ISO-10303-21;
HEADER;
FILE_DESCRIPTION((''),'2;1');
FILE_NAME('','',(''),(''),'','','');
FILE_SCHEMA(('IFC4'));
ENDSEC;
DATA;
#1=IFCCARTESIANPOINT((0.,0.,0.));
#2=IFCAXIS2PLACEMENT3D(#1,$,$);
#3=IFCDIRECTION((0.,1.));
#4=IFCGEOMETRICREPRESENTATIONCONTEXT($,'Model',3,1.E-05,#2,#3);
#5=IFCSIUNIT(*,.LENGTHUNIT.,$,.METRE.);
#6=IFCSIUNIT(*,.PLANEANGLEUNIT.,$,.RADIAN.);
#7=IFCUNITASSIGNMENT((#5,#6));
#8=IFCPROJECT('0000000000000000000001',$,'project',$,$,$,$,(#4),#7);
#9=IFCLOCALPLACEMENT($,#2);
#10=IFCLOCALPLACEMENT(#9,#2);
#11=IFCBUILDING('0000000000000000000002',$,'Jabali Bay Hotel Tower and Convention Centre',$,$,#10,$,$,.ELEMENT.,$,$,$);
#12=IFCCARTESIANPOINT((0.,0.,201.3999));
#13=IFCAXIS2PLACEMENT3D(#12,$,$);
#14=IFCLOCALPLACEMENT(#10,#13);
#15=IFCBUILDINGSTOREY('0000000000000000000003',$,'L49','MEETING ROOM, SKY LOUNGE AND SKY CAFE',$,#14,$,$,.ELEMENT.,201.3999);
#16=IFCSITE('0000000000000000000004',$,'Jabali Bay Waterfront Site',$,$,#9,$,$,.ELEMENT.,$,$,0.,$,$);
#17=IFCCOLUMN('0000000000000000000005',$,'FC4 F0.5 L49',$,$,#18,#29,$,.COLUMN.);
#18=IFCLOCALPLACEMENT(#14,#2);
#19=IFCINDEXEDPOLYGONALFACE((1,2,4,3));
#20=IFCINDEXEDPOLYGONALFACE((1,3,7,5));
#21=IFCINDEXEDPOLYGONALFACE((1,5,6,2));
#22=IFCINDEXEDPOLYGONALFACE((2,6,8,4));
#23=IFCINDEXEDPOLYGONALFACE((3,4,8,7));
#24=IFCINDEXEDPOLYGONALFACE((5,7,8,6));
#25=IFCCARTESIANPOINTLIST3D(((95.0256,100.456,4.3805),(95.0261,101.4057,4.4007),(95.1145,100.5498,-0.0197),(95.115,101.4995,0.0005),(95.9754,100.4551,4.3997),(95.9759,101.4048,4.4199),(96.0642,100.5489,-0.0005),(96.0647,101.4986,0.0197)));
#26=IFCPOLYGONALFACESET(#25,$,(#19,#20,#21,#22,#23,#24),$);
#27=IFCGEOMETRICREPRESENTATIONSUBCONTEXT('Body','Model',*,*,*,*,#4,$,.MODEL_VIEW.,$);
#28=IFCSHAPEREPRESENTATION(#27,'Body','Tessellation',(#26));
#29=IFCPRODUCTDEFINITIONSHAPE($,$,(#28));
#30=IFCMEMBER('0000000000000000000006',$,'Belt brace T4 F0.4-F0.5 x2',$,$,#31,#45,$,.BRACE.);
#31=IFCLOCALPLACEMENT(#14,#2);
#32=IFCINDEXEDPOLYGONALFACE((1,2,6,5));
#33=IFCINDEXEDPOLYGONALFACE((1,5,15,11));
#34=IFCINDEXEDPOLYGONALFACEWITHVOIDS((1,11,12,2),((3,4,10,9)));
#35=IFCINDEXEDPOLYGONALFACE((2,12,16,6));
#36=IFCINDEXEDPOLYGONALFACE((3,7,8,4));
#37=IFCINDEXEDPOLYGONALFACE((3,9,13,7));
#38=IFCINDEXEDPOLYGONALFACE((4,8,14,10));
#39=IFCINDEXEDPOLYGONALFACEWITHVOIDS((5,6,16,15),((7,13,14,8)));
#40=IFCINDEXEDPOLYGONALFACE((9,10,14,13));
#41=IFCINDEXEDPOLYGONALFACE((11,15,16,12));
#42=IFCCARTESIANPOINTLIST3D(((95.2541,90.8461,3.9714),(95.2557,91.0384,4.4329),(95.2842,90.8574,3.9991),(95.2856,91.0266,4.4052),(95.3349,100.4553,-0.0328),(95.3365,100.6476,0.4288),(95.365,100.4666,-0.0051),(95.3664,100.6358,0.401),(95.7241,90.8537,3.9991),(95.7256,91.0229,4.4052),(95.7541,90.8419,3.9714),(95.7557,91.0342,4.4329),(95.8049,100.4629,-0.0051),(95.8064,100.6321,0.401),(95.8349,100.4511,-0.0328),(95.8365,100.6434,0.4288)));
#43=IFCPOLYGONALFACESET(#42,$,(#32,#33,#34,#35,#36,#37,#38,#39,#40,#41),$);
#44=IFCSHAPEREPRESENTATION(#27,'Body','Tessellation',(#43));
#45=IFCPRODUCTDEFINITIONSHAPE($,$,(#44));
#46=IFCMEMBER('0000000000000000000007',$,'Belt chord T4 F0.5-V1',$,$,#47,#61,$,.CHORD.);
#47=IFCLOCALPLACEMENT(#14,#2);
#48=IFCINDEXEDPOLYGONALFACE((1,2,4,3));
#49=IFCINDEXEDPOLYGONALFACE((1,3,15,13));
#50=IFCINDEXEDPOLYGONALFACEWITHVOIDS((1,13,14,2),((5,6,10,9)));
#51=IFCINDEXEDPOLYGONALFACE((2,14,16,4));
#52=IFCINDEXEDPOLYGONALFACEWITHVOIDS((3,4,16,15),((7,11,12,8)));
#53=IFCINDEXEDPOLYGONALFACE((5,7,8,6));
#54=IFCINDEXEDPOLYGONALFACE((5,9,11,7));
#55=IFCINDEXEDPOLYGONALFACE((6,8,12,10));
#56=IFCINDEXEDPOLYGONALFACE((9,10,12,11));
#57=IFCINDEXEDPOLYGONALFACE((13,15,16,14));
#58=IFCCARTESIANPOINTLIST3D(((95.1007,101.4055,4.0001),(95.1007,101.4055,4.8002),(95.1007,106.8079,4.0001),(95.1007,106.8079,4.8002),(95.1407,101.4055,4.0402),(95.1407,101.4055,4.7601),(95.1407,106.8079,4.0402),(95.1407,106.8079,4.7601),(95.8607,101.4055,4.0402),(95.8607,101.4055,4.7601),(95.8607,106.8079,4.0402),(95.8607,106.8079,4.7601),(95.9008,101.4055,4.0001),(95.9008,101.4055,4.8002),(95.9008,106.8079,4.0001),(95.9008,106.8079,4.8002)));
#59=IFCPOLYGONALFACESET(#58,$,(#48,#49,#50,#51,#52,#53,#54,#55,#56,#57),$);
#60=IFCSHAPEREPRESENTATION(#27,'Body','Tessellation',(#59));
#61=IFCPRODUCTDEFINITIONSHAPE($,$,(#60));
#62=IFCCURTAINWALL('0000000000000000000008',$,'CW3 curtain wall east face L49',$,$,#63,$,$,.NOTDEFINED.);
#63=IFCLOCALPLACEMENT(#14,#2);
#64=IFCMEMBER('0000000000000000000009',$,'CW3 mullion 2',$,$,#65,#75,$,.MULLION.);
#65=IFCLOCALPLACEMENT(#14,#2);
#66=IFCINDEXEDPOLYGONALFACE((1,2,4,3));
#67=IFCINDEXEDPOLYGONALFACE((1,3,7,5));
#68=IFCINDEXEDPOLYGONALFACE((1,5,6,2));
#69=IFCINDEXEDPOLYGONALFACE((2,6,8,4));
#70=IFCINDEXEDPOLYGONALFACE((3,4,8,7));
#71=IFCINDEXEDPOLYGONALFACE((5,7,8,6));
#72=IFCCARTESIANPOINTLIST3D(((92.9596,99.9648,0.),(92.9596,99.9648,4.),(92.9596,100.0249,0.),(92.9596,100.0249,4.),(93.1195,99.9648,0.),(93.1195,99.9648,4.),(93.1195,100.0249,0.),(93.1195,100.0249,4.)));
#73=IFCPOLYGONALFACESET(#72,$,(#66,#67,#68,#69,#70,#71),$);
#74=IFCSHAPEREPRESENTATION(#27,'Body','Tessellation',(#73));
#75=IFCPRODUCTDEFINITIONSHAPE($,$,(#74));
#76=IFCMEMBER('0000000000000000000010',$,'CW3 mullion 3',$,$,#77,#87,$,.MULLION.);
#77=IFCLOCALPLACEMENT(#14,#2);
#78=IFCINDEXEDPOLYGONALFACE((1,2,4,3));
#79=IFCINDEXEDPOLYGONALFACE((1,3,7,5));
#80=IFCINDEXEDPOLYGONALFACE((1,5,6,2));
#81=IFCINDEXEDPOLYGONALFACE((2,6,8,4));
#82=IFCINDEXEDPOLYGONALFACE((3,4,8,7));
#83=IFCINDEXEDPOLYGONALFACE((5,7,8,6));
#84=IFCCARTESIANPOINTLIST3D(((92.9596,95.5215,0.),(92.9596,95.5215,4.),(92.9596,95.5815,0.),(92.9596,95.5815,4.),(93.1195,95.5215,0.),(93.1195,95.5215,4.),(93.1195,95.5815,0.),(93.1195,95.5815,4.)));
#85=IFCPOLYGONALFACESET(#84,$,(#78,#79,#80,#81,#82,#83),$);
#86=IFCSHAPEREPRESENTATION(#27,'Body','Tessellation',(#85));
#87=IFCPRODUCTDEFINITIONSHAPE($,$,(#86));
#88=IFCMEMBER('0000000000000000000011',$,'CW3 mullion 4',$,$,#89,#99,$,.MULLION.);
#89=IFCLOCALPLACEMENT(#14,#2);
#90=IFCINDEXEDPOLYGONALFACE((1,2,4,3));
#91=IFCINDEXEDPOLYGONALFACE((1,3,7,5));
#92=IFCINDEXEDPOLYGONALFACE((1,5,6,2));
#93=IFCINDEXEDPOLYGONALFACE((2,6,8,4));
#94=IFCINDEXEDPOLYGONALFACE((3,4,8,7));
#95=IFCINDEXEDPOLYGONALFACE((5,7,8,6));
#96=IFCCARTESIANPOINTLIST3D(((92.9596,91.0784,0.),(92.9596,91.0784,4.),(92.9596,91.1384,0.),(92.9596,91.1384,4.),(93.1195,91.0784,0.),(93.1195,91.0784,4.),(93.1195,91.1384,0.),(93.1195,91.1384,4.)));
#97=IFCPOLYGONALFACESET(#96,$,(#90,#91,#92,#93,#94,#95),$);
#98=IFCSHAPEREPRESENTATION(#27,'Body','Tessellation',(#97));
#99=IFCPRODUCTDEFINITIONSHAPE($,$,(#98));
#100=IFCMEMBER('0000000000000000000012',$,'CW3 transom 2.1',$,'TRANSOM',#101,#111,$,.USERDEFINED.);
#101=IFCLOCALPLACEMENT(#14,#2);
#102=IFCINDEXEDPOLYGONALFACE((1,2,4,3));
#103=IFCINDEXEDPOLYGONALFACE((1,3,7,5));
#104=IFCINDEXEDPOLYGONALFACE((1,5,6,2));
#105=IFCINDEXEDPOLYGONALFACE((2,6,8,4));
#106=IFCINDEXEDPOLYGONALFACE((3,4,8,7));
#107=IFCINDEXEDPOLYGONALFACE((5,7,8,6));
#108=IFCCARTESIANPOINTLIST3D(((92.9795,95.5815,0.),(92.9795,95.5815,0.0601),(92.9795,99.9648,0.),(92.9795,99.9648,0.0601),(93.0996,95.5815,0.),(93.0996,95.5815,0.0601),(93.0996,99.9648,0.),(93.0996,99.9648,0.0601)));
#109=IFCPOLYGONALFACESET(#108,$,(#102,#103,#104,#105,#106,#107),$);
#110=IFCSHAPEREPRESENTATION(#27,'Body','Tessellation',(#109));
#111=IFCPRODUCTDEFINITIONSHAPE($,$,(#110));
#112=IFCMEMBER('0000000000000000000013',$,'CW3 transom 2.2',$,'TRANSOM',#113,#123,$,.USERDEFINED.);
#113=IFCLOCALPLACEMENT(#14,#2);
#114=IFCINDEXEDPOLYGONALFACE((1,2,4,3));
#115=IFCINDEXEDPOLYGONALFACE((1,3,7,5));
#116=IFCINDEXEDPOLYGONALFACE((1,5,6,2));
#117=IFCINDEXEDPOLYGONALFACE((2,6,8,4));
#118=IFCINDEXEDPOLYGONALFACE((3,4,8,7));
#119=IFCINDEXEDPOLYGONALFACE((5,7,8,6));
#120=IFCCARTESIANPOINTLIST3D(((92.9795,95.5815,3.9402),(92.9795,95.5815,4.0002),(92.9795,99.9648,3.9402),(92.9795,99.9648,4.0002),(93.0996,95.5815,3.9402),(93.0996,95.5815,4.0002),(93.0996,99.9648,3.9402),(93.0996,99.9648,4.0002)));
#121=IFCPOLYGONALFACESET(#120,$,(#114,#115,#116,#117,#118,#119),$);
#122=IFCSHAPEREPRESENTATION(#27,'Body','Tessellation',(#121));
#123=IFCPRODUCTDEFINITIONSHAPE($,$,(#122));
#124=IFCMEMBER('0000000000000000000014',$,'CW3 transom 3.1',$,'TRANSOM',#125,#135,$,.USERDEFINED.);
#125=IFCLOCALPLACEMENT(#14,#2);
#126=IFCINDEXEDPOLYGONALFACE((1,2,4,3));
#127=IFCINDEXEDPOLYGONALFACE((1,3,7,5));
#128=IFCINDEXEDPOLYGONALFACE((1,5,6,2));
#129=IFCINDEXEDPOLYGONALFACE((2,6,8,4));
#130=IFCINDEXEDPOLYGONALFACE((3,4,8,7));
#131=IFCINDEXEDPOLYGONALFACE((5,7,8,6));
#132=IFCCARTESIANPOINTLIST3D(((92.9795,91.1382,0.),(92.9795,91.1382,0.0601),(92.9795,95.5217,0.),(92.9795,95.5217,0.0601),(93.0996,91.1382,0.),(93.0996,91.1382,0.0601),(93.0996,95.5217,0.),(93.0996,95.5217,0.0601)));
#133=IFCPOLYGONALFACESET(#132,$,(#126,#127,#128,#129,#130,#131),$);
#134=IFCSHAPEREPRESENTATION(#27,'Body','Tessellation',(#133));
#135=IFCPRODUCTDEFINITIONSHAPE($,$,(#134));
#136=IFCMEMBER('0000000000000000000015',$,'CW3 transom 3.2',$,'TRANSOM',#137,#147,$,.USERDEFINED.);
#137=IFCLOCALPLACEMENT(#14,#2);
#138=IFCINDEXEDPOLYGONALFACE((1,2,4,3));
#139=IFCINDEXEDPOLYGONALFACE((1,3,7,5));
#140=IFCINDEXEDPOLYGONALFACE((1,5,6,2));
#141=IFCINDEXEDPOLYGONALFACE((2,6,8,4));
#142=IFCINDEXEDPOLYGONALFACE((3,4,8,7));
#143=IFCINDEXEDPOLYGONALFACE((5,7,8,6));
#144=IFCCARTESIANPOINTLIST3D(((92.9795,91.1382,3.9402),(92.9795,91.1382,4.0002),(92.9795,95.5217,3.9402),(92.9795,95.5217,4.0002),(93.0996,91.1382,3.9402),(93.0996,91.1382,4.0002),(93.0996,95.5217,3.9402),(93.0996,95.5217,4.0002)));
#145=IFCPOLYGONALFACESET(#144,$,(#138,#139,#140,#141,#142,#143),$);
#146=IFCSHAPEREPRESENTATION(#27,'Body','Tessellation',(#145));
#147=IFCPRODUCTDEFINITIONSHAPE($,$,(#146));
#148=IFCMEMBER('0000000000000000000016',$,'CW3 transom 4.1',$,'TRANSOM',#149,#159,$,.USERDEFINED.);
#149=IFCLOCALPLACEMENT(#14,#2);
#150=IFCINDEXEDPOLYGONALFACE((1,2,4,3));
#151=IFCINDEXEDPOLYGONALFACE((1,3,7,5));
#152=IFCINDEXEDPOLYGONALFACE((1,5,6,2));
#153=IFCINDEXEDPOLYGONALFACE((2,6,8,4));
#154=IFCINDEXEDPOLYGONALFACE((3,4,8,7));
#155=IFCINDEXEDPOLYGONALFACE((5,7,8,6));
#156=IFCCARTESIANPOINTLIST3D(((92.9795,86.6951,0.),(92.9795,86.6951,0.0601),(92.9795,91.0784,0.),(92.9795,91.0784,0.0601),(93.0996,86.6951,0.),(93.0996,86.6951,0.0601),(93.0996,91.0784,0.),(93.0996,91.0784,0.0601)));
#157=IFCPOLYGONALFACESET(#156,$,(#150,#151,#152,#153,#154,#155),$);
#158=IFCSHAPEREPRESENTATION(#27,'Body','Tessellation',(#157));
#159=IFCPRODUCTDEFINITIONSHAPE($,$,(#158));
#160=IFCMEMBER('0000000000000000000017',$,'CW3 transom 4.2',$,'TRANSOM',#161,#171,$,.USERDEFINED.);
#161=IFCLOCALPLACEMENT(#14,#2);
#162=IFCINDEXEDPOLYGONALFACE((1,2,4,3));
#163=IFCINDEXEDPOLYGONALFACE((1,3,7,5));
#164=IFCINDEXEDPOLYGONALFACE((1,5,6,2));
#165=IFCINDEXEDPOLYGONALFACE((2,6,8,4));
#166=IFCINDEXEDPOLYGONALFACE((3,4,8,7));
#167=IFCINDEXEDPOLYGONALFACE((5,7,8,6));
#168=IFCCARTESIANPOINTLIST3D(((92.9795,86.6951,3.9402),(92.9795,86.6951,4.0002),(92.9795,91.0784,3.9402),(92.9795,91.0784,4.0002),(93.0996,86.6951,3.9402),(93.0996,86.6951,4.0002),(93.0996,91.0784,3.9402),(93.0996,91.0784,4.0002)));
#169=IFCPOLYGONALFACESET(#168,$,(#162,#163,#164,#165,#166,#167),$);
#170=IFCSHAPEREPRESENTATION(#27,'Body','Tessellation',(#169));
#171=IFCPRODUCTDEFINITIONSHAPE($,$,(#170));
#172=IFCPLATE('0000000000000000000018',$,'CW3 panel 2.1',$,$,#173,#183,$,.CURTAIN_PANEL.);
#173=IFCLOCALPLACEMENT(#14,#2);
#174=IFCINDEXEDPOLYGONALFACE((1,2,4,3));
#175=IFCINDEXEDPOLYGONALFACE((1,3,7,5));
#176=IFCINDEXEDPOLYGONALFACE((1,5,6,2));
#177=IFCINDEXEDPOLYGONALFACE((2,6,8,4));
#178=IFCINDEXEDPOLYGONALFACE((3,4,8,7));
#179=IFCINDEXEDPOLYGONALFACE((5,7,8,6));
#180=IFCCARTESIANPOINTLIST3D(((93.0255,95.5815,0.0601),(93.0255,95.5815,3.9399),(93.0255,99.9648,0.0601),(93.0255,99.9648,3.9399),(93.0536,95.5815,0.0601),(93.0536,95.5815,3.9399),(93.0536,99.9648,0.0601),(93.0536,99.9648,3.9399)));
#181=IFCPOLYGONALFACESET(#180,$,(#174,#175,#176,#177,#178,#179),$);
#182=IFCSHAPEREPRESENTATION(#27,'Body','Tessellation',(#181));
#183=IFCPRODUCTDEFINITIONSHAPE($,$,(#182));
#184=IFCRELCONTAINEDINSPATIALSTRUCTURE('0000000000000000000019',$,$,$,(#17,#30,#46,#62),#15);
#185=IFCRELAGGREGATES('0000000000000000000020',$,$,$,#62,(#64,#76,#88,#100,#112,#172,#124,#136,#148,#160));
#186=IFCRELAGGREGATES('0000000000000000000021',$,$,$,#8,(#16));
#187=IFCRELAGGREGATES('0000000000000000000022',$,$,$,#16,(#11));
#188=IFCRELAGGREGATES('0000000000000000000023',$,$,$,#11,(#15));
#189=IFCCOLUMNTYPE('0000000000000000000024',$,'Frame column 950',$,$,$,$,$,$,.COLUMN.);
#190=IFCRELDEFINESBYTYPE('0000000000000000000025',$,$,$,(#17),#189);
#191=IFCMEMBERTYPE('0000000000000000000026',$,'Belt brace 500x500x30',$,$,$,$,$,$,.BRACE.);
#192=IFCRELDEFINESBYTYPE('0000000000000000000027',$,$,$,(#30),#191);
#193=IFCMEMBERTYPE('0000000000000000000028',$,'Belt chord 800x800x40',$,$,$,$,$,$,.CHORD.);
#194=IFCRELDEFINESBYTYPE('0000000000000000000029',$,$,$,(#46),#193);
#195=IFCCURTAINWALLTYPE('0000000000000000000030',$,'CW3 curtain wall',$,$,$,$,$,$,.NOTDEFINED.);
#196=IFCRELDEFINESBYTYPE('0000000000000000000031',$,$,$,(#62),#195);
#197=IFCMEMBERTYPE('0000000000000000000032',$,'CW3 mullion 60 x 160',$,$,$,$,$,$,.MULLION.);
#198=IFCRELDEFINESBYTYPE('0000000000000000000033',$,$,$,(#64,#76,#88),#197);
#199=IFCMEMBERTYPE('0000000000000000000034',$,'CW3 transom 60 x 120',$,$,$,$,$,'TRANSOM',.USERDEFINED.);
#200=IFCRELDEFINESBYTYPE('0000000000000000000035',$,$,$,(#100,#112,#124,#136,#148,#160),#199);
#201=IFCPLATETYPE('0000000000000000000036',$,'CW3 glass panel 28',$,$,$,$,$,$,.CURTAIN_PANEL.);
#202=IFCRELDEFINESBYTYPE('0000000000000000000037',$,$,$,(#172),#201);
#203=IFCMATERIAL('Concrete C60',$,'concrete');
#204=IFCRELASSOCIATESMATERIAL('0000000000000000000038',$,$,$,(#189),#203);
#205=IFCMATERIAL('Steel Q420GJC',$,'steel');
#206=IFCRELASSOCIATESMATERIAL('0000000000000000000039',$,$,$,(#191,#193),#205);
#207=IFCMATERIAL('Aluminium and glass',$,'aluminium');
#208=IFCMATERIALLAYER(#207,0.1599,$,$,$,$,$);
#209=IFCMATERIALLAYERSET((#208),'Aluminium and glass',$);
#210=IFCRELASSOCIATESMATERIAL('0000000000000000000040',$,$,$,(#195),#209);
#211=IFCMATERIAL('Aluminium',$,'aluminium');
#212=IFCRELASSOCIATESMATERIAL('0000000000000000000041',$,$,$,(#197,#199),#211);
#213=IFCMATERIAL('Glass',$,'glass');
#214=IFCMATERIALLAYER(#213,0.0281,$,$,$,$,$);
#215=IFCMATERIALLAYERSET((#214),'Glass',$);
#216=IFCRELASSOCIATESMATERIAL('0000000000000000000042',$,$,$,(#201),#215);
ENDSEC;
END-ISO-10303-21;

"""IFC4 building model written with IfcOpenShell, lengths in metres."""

from ifc_helpers import new_model, si_unit, direction, frame, origin, origin_2d, place, context, subcontext, project, spatial, rectangle, hollow_rectangle, extrude, material, layer, layer_set, material_profile, profile_set, type_object, element, aggregate, save


model = new_model("IFC4")

# Units and contexts
model_context = context("Model", 3, precision=1e-05, world=origin(), true_north=direction((0.0, 1.0)))
body_context = subcontext(model_context, "Body", "Model", "MODEL_VIEW")
ifc_project = project(units=[si_unit("LENGTHUNIT", "METRE"), si_unit("PLANEANGLEUNIT", "RADIAN")], contexts=[model_context])

# Site, building, storey
site_placement = place(None, origin())
site = spatial("IfcSite", under=ifc_project, at=site_placement, Name="Jabali Bay Waterfront Site", CompositionType="ELEMENT", RefElevation=0.0)
building_placement = place(site_placement, origin())
building = spatial("IfcBuilding", under=site, at=building_placement, Name="Jabali Bay Hotel Tower and Convention Centre", CompositionType="ELEMENT")
storey_placement = place(building_placement, frame((0.0, 0.0, 201.3999)))
storey = spatial("IfcBuildingStorey", under=building, at=storey_placement, Name="L49", Description="MEETING ROOM, SKY LOUNGE AND SKY CAFE", CompositionType="ELEMENT", Elevation=201.3999)

# Column
ifc_material_1 = material(Name="Concrete C60", Category="concrete")
ifc_material_profile_1 = material_profile(ifc_material_1, rectangle(XDim=0.95, YDim=0.95, at=origin_2d()), Name="Frame column 950")
ifc_profile_set_1 = profile_set([ifc_material_profile_1], Name="Concrete C60")
column_type = type_object("IfcColumnType", Name="Frame column 950", PredefinedType="COLUMN", material=ifc_profile_set_1)
column_placement = place(storey_placement, frame((95.5896, 101.0242, 0.0), z_axis=(-0.020188, -0.021297, 0.999569), x_axis=(0.999796, -0.000945, 0.020172)))
element("IfcColumn", 1, at=column_placement, inside=storey, type_object=column_type, Name="FC4 F0.5 L49", PredefinedType="COLUMN", context=body_context, shape_type="SweptSolid", body=[
    extrude(rectangle(XDim=0.95, YDim=0.95, at=origin_2d()), origin(), (0.0, 0.0, 1.0), 4.4021),
])

# Members
ifc_material_2 = material(Name="Steel Q420GJC", Category="steel")
ifc_material_profile_2 = material_profile(ifc_material_2, hollow_rectangle(XDim=0.5, YDim=0.5, WallThickness=0.03, at=origin_2d()), Name="Belt brace 500x500x30")
ifc_profile_set_2 = profile_set([ifc_material_profile_2], Name="Steel Q420GJC")
member_type_1 = type_object("IfcMemberType", Name="Belt brace 500x500x30", PredefinedType="BRACE", material=ifc_profile_set_2)
member_1_placement = place(storey_placement, frame((95.5857, 100.5493, 0.198), z_axis=(-0.007763, -0.923037, 0.384632), x_axis=(0.999965, -0.008409, 0.0)))
element("IfcMember", 2, at=member_1_placement, inside=storey, type_object=member_type_1, Name="Belt brace T4 F0.4-F0.5 x2", PredefinedType="BRACE", context=body_context, shape_type="SweptSolid", body=[
    extrude(hollow_rectangle(XDim=0.5, YDim=0.5, WallThickness=0.03, at=origin_2d()), origin(), (0.0, 0.0, 1.0), 10.4104),
])
ifc_material_profile_3 = material_profile(ifc_material_2, hollow_rectangle(XDim=0.8, YDim=0.8, WallThickness=0.04, at=origin_2d()), Name="Belt chord 800x800x40")
ifc_profile_set_3 = profile_set([ifc_material_profile_3], Name="Steel Q420GJC")
member_type_2 = type_object("IfcMemberType", Name="Belt chord 800x800x40", PredefinedType="CHORD", material=ifc_profile_set_3)
member_2_placement = place(storey_placement, frame((95.5007, 101.4055, 4.4001), z_axis=(0.0, 1.0, 0.0), x_axis=(-1.0, 0.0, 0.0)))
element("IfcMember", 3, at=member_2_placement, inside=storey, type_object=member_type_2, Name="Belt chord T4 F0.5-V1", PredefinedType="CHORD", context=body_context, shape_type="SweptSolid", body=[
    extrude(hollow_rectangle(XDim=0.8, YDim=0.8, WallThickness=0.04, at=origin_2d()), origin(), (0.0, 0.0, 1.0), 5.4023),
])

# Curtain wall, members, plate
ifc_material_3 = material(Name="Aluminium and glass", Category="aluminium")
ifc_layer_1 = layer(ifc_material_3, 0.1599)
ifc_layer_set_1 = layer_set([ifc_layer_1], Name="Aluminium and glass")
curtain_wall_type = type_object("IfcCurtainWallType", Name="CW3 curtain wall", PredefinedType="NOTDEFINED", material=ifc_layer_set_1)
curtain_wall_placement = place(storey_placement, origin())
curtain_wall = element("IfcCurtainWall", 4, at=curtain_wall_placement, inside=storey, type_object=curtain_wall_type, Name="CW3 curtain wall east face L49", PredefinedType="NOTDEFINED")
ifc_material_4 = material(Name="Aluminium", Category="aluminium")
ifc_material_profile_4 = material_profile(ifc_material_4, rectangle(XDim=0.1599, YDim=0.0601, at=origin_2d()), Name="CW3 mullion 60 x 160")
ifc_profile_set_4 = profile_set([ifc_material_profile_4], Name="Aluminium")
member_type_3 = type_object("IfcMemberType", Name="CW3 mullion 60 x 160", PredefinedType="MULLION", material=ifc_profile_set_4)
member_3_placement = place(storey_placement, frame((93.0396, 99.9949, 0.0), z_axis=(0.0, 0.0, 1.0), x_axis=(1.0, 0.0, 0.0)))
member_3 = element("IfcMember", 5, at=member_3_placement, type_object=member_type_3, Name="CW3 mullion 2", PredefinedType="MULLION", context=body_context, shape_type="SweptSolid", body=[
    extrude(rectangle(XDim=0.1599, YDim=0.0601, at=origin_2d()), origin(), (0.0, 0.0, 1.0), 4.0),
])
member_4_placement = place(storey_placement, frame((93.0396, 95.5515, 0.0), z_axis=(0.0, 0.0, 1.0), x_axis=(1.0, 0.0, 0.0)))
member_4 = element("IfcMember", 6, at=member_4_placement, type_object=member_type_3, Name="CW3 mullion 3", PredefinedType="MULLION", context=body_context, shape_type="SweptSolid", body=[
    extrude(rectangle(XDim=0.1599, YDim=0.0601, at=origin_2d()), origin(), (0.0, 0.0, 1.0), 4.0),
])
member_5_placement = place(storey_placement, frame((93.0396, 91.1084, 0.0), z_axis=(0.0, 0.0, 1.0), x_axis=(1.0, 0.0, 0.0)))
member_5 = element("IfcMember", 7, at=member_5_placement, type_object=member_type_3, Name="CW3 mullion 4", PredefinedType="MULLION", context=body_context, shape_type="SweptSolid", body=[
    extrude(rectangle(XDim=0.1599, YDim=0.0601, at=origin_2d()), origin(), (0.0, 0.0, 1.0), 4.0),
])
ifc_material_profile_5 = material_profile(ifc_material_4, rectangle(XDim=0.1201, YDim=0.0601, at=origin_2d()), Name="CW3 transom 60 x 120")
ifc_profile_set_5 = profile_set([ifc_material_profile_5], Name="Aluminium")
member_type_4 = type_object("IfcMemberType", Name="CW3 transom 60 x 120", ElementType="TRANSOM", PredefinedType="USERDEFINED", material=ifc_profile_set_5)
member_6_placement = place(storey_placement, frame((93.0396, 99.9648, 0.03), z_axis=(0.0, -1.0, 0.0), x_axis=(1.0, 0.0, 0.0)))
member_6 = element("IfcMember", 8, at=member_6_placement, type_object=member_type_4, Name="CW3 transom 2.1", ObjectType="TRANSOM", PredefinedType="USERDEFINED", context=body_context, shape_type="SweptSolid", body=[
    extrude(rectangle(XDim=0.1201, YDim=0.0601, at=origin_2d()), origin(), (0.0, 0.0, 1.0), 4.3833),
])
member_7_placement = place(storey_placement, frame((93.0396, 99.9648, 3.9702), z_axis=(0.0, -1.0, 0.0), x_axis=(1.0, 0.0, 0.0)))
member_7 = element("IfcMember", 9, at=member_7_placement, type_object=member_type_4, Name="CW3 transom 2.2", ObjectType="TRANSOM", PredefinedType="USERDEFINED", context=body_context, shape_type="SweptSolid", body=[
    extrude(rectangle(XDim=0.1201, YDim=0.0601, at=origin_2d()), origin(), (0.0, 0.0, 1.0), 4.3833),
])
member_8_placement = place(storey_placement, frame((93.0396, 95.5217, 0.03), z_axis=(0.0, -1.0, 0.0), x_axis=(1.0, 0.0, 0.0)))
member_8 = element("IfcMember", 10, at=member_8_placement, type_object=member_type_4, Name="CW3 transom 3.1", ObjectType="TRANSOM", PredefinedType="USERDEFINED", context=body_context, shape_type="SweptSolid", body=[
    extrude(rectangle(XDim=0.1201, YDim=0.0601, at=origin_2d()), origin(), (0.0, 0.0, 1.0), 4.3835),
])
member_9_placement = place(storey_placement, frame((93.0396, 95.5217, 3.9702), z_axis=(0.0, -1.0, 0.0), x_axis=(1.0, 0.0, 0.0)))
member_9 = element("IfcMember", 11, at=member_9_placement, type_object=member_type_4, Name="CW3 transom 3.2", ObjectType="TRANSOM", PredefinedType="USERDEFINED", context=body_context, shape_type="SweptSolid", body=[
    extrude(rectangle(XDim=0.1201, YDim=0.0601, at=origin_2d()), origin(), (0.0, 0.0, 1.0), 4.3835),
])
member_10_placement = place(storey_placement, frame((93.0396, 91.0784, 0.03), z_axis=(0.0, -1.0, 0.0), x_axis=(1.0, 0.0, 0.0)))
member_10 = element("IfcMember", 12, at=member_10_placement, type_object=member_type_4, Name="CW3 transom 4.1", ObjectType="TRANSOM", PredefinedType="USERDEFINED", context=body_context, shape_type="SweptSolid", body=[
    extrude(rectangle(XDim=0.1201, YDim=0.0601, at=origin_2d()), origin(), (0.0, 0.0, 1.0), 4.3833),
])
member_11_placement = place(storey_placement, frame((93.0396, 91.0784, 3.9702), z_axis=(0.0, -1.0, 0.0), x_axis=(1.0, 0.0, 0.0)))
member_11 = element("IfcMember", 13, at=member_11_placement, type_object=member_type_4, Name="CW3 transom 4.2", ObjectType="TRANSOM", PredefinedType="USERDEFINED", context=body_context, shape_type="SweptSolid", body=[
    extrude(rectangle(XDim=0.1201, YDim=0.0601, at=origin_2d()), origin(), (0.0, 0.0, 1.0), 4.3833),
])
ifc_material_5 = material(Name="Glass", Category="glass")
ifc_layer_2 = layer(ifc_material_5, 0.0281)
ifc_layer_set_2 = layer_set([ifc_layer_2], Name="Glass")
plate_type = type_object("IfcPlateType", Name="CW3 glass panel 28", PredefinedType="CURTAIN_PANEL", material=ifc_layer_set_2)
plate_1_placement = place(storey_placement, frame((93.0396, 97.7732, 0.0601), z_axis=(0.0, 0.0, 1.0), x_axis=(0.0, -1.0, 0.0)))
plate_1 = element("IfcPlate", 14, at=plate_1_placement, type_object=plate_type, Name="CW3 panel 2.1", PredefinedType="CURTAIN_PANEL", context=body_context, shape_type="SweptSolid", body=[
    extrude(rectangle(XDim=4.3833, YDim=0.0281, at=origin_2d()), origin(), (0.0, 0.0, 1.0), 3.8799),
])
aggregate(curtain_wall, [member_3, member_4, member_5, member_6, member_7, plate_1, member_8, member_9, member_10, member_11])

save(model, "model.ifc")
